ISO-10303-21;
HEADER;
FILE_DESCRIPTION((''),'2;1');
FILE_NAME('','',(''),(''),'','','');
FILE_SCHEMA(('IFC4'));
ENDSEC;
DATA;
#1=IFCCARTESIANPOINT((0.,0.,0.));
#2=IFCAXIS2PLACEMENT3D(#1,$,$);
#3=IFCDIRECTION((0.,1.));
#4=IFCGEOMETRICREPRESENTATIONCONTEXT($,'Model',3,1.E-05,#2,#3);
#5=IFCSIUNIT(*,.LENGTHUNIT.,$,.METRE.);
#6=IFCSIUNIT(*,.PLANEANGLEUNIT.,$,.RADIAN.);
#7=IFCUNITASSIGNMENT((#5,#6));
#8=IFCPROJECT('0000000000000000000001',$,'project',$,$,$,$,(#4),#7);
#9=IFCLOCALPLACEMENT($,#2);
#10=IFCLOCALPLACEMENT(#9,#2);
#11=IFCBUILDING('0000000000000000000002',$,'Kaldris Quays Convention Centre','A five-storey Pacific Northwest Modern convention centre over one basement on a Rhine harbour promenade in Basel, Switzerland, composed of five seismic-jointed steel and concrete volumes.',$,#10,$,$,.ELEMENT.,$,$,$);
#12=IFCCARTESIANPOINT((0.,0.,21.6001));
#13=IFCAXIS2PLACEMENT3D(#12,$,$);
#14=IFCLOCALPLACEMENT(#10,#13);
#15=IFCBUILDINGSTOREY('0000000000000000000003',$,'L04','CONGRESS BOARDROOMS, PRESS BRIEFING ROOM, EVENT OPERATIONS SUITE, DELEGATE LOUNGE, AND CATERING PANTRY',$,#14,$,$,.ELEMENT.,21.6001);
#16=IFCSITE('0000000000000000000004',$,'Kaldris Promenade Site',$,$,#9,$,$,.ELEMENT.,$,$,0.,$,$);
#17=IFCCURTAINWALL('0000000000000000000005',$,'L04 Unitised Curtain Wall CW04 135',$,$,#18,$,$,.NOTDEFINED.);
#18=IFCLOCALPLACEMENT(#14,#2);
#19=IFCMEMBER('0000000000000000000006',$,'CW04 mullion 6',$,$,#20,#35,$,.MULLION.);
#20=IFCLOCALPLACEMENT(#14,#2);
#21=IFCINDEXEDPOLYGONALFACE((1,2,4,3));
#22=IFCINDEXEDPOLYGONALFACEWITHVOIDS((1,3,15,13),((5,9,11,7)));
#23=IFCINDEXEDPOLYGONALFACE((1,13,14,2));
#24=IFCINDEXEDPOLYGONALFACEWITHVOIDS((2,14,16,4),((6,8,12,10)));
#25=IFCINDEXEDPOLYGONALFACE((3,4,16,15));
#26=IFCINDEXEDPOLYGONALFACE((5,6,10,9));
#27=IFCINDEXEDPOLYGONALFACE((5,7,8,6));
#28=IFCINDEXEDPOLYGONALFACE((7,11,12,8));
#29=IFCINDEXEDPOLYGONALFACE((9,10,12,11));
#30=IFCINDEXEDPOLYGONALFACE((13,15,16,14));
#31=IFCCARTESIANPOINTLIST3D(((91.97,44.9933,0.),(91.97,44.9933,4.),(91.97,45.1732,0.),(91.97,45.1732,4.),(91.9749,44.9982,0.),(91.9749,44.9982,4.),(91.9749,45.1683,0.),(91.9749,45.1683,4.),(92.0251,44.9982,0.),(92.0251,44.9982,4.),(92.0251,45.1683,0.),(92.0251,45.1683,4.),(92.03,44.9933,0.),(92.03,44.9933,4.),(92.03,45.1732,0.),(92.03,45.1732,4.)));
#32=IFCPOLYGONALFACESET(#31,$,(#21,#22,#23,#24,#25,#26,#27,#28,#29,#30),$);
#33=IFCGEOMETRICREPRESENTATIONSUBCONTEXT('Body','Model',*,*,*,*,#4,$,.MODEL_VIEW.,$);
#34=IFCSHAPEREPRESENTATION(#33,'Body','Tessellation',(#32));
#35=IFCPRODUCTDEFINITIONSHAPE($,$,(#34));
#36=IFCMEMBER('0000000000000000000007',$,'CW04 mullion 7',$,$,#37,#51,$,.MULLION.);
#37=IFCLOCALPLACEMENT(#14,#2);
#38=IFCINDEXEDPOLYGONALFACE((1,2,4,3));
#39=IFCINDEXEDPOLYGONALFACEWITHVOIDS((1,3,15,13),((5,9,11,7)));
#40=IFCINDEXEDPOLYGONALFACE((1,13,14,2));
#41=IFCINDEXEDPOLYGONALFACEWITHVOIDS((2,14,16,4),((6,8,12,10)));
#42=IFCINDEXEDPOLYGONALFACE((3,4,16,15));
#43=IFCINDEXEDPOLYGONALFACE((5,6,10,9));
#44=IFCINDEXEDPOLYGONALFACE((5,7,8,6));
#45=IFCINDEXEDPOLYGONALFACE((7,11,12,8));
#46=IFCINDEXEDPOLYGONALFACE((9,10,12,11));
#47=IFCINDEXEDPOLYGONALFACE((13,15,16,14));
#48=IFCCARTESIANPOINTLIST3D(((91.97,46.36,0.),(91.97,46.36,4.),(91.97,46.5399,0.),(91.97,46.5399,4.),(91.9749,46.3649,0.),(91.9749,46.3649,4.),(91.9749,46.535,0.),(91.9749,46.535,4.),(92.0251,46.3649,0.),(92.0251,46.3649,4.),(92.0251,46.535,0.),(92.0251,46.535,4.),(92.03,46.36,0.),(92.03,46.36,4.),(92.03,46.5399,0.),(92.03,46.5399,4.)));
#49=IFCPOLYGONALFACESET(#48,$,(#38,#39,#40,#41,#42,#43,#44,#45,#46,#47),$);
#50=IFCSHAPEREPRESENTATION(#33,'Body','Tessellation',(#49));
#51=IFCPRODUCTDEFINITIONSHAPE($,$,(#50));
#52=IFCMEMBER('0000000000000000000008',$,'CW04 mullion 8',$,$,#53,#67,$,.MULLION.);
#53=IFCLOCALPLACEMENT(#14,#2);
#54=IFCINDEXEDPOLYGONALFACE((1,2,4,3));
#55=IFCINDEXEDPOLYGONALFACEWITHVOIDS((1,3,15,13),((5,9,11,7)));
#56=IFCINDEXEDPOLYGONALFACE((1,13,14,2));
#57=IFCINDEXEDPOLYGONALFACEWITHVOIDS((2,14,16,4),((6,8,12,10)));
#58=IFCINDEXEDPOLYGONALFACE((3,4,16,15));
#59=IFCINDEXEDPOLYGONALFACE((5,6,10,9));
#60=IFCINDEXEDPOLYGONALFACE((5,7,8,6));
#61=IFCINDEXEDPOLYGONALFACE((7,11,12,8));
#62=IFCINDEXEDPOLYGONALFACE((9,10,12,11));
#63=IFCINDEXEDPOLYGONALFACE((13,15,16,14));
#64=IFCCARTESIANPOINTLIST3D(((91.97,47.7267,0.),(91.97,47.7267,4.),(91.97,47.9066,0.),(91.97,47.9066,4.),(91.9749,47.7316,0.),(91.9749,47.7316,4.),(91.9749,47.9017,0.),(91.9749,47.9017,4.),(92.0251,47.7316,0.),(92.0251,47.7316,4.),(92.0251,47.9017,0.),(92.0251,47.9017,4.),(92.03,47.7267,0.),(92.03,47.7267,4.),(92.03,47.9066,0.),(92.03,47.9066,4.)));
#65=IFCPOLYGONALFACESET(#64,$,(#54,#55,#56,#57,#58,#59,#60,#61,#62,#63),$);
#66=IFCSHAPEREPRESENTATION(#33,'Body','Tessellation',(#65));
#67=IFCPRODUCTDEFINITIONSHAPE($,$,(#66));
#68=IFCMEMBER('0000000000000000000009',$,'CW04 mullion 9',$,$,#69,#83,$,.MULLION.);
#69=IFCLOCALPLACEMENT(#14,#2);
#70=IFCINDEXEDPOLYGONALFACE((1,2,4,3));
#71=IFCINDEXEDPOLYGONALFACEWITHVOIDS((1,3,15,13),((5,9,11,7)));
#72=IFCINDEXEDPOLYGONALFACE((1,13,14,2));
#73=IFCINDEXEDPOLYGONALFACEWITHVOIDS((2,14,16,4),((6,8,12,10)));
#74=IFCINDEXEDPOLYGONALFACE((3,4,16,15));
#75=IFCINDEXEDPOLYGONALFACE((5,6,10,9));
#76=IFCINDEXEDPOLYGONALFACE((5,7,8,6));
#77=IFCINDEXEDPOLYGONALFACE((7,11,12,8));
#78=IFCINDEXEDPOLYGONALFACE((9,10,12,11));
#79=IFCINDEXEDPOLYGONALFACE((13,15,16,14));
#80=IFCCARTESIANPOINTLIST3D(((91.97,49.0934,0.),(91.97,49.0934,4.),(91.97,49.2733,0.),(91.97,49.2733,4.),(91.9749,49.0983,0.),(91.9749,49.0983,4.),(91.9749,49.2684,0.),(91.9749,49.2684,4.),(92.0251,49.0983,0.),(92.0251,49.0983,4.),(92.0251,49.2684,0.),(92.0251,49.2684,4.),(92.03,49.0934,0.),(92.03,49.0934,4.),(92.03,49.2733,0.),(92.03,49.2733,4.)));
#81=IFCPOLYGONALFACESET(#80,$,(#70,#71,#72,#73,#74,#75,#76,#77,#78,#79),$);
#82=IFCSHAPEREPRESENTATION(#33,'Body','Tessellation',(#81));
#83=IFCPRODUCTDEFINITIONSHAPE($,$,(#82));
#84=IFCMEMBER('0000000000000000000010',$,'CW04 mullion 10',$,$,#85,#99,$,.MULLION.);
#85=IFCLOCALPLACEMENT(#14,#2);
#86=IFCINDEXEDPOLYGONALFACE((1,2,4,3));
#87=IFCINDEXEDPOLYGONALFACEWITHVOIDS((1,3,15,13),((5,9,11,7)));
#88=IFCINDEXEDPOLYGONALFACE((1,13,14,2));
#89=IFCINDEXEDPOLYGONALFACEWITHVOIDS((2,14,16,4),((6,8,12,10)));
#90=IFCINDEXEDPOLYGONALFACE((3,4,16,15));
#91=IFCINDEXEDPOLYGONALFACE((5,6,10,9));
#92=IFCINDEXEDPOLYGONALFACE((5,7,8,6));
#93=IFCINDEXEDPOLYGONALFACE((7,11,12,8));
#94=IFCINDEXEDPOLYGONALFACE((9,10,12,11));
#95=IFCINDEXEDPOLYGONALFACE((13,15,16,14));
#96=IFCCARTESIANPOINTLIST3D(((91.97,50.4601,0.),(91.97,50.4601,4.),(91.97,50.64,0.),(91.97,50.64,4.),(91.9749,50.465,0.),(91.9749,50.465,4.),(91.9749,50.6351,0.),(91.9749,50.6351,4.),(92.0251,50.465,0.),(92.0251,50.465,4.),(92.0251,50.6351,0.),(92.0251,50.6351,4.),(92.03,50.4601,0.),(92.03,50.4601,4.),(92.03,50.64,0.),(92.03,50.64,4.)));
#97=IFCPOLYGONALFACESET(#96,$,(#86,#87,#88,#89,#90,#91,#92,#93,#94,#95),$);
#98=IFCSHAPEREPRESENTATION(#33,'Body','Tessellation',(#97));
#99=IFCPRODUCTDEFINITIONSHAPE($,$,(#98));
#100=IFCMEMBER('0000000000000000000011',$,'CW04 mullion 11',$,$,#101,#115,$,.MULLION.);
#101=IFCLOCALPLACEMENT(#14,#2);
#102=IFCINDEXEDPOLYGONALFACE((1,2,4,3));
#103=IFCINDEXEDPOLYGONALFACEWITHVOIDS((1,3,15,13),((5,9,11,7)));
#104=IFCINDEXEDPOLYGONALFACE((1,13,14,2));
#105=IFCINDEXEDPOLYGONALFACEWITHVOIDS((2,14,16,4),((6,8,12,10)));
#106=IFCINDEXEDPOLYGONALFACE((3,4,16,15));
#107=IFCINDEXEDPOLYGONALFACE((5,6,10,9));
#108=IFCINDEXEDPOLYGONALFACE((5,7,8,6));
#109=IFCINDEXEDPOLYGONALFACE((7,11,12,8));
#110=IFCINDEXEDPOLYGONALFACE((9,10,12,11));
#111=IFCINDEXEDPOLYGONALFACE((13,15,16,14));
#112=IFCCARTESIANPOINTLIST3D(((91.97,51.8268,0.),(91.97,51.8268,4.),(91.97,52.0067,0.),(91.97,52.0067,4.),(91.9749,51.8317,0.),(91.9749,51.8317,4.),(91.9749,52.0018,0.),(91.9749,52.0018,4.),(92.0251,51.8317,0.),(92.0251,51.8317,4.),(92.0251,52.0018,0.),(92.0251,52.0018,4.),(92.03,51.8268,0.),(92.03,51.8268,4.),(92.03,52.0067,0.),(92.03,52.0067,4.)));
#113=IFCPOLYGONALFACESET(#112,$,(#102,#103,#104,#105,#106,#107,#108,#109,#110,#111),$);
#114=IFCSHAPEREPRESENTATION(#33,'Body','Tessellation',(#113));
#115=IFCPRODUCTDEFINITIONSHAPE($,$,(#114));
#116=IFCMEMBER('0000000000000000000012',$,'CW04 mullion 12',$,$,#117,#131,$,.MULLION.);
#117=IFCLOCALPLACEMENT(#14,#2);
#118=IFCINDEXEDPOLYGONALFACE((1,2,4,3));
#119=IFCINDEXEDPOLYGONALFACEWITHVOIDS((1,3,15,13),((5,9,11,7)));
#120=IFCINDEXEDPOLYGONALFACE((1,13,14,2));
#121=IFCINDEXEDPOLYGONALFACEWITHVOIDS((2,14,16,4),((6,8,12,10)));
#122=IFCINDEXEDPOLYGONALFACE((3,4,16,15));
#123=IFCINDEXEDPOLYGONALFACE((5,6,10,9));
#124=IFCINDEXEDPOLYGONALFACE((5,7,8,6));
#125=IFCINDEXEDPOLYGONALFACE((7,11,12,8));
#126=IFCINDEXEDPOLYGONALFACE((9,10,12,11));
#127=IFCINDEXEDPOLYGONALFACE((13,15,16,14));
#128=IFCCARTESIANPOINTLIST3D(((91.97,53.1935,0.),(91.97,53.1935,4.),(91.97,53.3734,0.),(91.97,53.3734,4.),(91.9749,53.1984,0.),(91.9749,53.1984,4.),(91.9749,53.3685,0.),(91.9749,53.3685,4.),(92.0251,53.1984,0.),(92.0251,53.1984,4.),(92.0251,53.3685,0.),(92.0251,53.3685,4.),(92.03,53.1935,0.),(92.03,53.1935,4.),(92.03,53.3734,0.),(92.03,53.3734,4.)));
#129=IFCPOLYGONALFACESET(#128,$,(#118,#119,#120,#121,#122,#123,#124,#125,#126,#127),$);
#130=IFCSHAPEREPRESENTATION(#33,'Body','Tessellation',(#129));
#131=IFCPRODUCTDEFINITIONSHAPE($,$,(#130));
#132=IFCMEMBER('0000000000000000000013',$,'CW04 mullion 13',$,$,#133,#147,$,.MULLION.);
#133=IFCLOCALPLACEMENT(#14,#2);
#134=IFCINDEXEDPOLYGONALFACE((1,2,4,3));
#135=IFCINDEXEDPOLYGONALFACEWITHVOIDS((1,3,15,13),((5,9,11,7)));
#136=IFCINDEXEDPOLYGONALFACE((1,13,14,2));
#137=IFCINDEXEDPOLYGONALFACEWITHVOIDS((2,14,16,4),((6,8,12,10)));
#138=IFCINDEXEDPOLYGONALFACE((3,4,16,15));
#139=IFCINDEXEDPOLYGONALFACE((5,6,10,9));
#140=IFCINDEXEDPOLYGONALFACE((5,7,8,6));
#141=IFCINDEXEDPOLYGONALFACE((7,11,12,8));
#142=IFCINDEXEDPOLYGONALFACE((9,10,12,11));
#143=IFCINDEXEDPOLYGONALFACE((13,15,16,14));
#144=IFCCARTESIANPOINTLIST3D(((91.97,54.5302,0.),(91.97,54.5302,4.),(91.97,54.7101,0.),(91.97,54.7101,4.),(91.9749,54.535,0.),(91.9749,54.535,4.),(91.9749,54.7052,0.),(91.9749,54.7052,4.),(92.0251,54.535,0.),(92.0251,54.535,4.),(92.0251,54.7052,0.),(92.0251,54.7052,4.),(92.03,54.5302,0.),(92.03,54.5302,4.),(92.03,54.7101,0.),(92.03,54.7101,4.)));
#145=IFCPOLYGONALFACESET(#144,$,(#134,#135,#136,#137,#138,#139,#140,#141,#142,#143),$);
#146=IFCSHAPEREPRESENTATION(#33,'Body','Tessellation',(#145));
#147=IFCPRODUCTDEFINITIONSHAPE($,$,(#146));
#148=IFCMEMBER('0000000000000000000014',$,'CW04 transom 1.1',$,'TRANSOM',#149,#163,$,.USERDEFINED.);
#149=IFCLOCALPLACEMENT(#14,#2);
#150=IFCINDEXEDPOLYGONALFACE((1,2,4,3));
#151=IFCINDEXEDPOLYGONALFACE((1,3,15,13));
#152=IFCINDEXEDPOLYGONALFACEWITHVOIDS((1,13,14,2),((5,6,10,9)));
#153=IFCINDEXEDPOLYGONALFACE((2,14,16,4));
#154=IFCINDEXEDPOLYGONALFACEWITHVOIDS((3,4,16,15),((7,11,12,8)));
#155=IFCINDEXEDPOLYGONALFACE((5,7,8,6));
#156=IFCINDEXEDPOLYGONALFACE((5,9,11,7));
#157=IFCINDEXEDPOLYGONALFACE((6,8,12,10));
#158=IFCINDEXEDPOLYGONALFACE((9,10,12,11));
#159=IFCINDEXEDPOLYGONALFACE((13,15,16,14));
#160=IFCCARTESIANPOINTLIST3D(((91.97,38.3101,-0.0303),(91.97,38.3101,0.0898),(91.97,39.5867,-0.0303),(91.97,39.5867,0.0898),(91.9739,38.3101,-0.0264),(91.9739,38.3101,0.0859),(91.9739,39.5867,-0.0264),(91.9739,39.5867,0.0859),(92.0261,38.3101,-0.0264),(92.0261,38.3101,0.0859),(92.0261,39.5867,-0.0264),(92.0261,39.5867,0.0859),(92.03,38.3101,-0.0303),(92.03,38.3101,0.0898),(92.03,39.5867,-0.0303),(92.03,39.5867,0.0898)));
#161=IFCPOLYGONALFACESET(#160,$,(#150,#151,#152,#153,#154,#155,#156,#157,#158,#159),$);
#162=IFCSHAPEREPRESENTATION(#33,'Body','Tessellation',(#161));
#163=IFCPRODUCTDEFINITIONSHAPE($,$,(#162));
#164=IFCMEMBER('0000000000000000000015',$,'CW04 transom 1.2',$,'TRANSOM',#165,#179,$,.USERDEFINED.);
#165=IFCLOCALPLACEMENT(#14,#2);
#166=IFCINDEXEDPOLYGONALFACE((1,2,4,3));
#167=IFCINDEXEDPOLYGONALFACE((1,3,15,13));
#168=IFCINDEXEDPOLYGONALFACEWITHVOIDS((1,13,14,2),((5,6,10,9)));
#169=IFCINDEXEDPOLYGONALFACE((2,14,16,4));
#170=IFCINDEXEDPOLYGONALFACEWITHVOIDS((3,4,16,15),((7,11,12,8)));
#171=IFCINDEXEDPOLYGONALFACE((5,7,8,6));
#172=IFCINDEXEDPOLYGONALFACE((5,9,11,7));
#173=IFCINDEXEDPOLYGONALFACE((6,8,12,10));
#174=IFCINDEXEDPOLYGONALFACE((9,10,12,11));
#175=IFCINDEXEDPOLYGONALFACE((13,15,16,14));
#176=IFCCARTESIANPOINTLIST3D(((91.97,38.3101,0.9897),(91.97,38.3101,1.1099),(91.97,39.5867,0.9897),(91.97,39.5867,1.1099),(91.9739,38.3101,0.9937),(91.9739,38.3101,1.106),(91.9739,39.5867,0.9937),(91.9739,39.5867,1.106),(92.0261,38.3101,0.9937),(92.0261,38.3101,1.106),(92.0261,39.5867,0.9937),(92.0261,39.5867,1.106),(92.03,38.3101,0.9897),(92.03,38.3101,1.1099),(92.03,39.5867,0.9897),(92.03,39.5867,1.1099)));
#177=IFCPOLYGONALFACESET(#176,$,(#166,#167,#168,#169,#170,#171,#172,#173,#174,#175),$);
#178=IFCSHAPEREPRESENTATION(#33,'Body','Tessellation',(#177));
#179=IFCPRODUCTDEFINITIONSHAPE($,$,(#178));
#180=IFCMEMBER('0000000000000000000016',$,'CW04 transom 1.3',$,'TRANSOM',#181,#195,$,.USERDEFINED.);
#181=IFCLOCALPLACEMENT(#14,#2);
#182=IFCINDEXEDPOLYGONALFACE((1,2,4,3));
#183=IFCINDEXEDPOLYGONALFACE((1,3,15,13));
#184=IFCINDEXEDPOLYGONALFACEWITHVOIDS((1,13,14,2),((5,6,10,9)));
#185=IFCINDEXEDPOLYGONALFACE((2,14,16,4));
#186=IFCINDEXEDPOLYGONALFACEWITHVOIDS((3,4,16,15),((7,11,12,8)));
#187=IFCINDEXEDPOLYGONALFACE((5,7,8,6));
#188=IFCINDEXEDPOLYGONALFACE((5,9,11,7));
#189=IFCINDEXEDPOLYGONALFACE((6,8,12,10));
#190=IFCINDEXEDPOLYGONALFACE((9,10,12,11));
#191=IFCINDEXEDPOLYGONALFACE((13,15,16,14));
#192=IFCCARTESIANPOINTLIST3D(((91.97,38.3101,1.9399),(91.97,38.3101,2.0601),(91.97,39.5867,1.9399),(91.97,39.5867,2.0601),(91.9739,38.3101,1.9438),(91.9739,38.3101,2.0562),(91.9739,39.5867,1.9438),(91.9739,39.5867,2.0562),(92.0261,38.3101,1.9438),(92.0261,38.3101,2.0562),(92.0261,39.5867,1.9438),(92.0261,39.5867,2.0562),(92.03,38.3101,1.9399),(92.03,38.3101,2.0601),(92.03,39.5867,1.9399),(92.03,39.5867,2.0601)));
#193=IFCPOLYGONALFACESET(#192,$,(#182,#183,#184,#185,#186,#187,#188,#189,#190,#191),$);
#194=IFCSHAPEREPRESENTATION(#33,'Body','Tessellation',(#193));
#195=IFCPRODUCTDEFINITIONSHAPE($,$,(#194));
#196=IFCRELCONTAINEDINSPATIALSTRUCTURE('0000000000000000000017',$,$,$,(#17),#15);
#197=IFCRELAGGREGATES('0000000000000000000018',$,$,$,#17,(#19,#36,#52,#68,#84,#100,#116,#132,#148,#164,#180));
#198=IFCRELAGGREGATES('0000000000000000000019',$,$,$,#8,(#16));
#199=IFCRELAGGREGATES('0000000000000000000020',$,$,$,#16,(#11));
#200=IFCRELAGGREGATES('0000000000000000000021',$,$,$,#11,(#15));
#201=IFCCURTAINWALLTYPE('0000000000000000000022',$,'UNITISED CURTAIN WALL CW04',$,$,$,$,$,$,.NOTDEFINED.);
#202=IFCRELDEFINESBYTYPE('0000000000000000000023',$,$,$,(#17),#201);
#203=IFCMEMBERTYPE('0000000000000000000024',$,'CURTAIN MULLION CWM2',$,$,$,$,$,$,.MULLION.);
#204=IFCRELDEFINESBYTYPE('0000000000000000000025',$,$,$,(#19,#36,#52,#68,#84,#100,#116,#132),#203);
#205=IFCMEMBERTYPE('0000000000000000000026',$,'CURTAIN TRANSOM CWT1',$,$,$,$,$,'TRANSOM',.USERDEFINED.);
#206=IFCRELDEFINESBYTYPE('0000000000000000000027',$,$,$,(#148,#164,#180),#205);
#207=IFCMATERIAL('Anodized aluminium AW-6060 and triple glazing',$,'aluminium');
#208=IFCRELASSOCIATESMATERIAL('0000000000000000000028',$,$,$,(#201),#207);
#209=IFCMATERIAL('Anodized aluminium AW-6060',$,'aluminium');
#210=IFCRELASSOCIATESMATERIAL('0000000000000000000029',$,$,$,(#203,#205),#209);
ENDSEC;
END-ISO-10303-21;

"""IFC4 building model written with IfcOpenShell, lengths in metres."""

from ifc_helpers import new_model, si_unit, direction, frame, origin, origin_2d, place, context, subcontext, project, spatial, hollow_rectangle, extrude, material, material_profile, profile_set, type_object, element, aggregate, save


model = new_model("IFC4")

# Units and contexts
model_context = context("Model", 3, precision=1e-05, world=origin(), true_north=direction((0.0, 1.0)))
body_context = subcontext(model_context, "Body", "Model", "MODEL_VIEW")
ifc_project = project(units=[si_unit("LENGTHUNIT", "METRE"), si_unit("PLANEANGLEUNIT", "RADIAN")], contexts=[model_context])

# Site, building, storey
site_placement = place(None, origin())
site = spatial("IfcSite", under=ifc_project, at=site_placement, Name="Kaldris Promenade Site", CompositionType="ELEMENT", RefElevation=0.0)
building_placement = place(site_placement, origin())
building = spatial("IfcBuilding", under=site, at=building_placement, Name="Kaldris Quays Convention Centre", Description="A five-storey Pacific Northwest Modern convention centre over one basement on a Rhine harbour promenade in Basel, Switzerland, composed of five seismic-jointed steel and concrete volumes.", CompositionType="ELEMENT")
storey_placement = place(building_placement, frame((0.0, 0.0, 21.6001)))
storey = spatial("IfcBuildingStorey", under=building, at=storey_placement, Name="L04", Description="CONGRESS BOARDROOMS, PRESS BRIEFING ROOM, EVENT OPERATIONS SUITE, DELEGATE LOUNGE, AND CATERING PANTRY", CompositionType="ELEMENT", Elevation=21.6001)

# Curtain wall, members
ifc_material_1 = material(Name="Anodized aluminium AW-6060 and triple glazing", Category="aluminium")
curtain_wall_type = type_object("IfcCurtainWallType", Name="UNITISED CURTAIN WALL CW04", PredefinedType="NOTDEFINED", material=ifc_material_1)
curtain_wall_placement = place(storey_placement, origin())
curtain_wall = element("IfcCurtainWall", 1, at=curtain_wall_placement, inside=storey, type_object=curtain_wall_type, Name="L04 Unitised Curtain Wall CW04 135", PredefinedType="NOTDEFINED")
ifc_material_2 = material(Name="Anodized aluminium AW-6060", Category="aluminium")
ifc_material_profile_1 = material_profile(ifc_material_2, hollow_rectangle(XDim=0.0601, YDim=0.1799, WallThickness=0.0049, at=origin_2d()), Name="RHS 180x60x5")
ifc_profile_set_1 = profile_set([ifc_material_profile_1], Name="Anodized aluminium AW-6060")
member_type_1 = type_object("IfcMemberType", Name="CURTAIN MULLION CWM2", PredefinedType="MULLION", material=ifc_profile_set_1)
member_1_placement = place(storey_placement, frame((92.0, 45.0833, 0.0), z_axis=(0.0, 0.0, 1.0), x_axis=(-1.0, 0.0, 0.0)))
member_1 = element("IfcMember", 2, at=member_1_placement, type_object=member_type_1, Name="CW04 mullion 6", PredefinedType="MULLION", context=body_context, shape_type="SweptSolid", body=[
    extrude(hollow_rectangle(XDim=0.0601, YDim=0.1799, WallThickness=0.0049, at=origin_2d()), origin(), (0.0, 0.0, 1.0), 4.0),
])
member_2_placement = place(storey_placement, frame((92.0, 46.45, 0.0), z_axis=(0.0, 0.0, 1.0), x_axis=(-1.0, 0.0, 0.0)))
member_2 = element("IfcMember", 3, at=member_2_placement, type_object=member_type_1, Name="CW04 mullion 7", PredefinedType="MULLION", context=body_context, shape_type="SweptSolid", body=[
    extrude(hollow_rectangle(XDim=0.0601, YDim=0.1799, WallThickness=0.0049, at=origin_2d()), origin(), (0.0, 0.0, 1.0), 4.0),
])
member_3_placement = place(storey_placement, frame((92.0, 47.8167, 0.0), z_axis=(0.0, 0.0, 1.0), x_axis=(-1.0, 0.0, 0.0)))
member_3 = element("IfcMember", 4, at=member_3_placement, type_object=member_type_1, Name="CW04 mullion 8", PredefinedType="MULLION", context=body_context, shape_type="SweptSolid", body=[
    extrude(hollow_rectangle(XDim=0.0601, YDim=0.1799, WallThickness=0.0049, at=origin_2d()), origin(), (0.0, 0.0, 1.0), 4.0),
])
member_4_placement = place(storey_placement, frame((92.0, 49.1833, 0.0), z_axis=(0.0, 0.0, 1.0), x_axis=(-1.0, 0.0, 0.0)))
member_4 = element("IfcMember", 5, at=member_4_placement, type_object=member_type_1, Name="CW04 mullion 9", PredefinedType="MULLION", context=body_context, shape_type="SweptSolid", body=[
    extrude(hollow_rectangle(XDim=0.0601, YDim=0.1799, WallThickness=0.0049, at=origin_2d()), origin(), (0.0, 0.0, 1.0), 4.0),
])
member_5_placement = place(storey_placement, frame((92.0, 50.55, 0.0), z_axis=(0.0, 0.0, 1.0), x_axis=(-1.0, 0.0, 0.0)))
member_5 = element("IfcMember", 6, at=member_5_placement, type_object=member_type_1, Name="CW04 mullion 10", PredefinedType="MULLION", context=body_context, shape_type="SweptSolid", body=[
    extrude(hollow_rectangle(XDim=0.0601, YDim=0.1799, WallThickness=0.0049, at=origin_2d()), origin(), (0.0, 0.0, 1.0), 4.0),
])
member_6_placement = place(storey_placement, frame((92.0, 51.9167, 0.0), z_axis=(0.0, 0.0, 1.0), x_axis=(-1.0, 0.0, 0.0)))
member_6 = element("IfcMember", 7, at=member_6_placement, type_object=member_type_1, Name="CW04 mullion 11", PredefinedType="MULLION", context=body_context, shape_type="SweptSolid", body=[
    extrude(hollow_rectangle(XDim=0.0601, YDim=0.1799, WallThickness=0.0049, at=origin_2d()), origin(), (0.0, 0.0, 1.0), 4.0),
])
member_7_placement = place(storey_placement, frame((92.0, 53.2834, 0.0), z_axis=(0.0, 0.0, 1.0), x_axis=(-1.0, 0.0, 0.0)))
member_7 = element("IfcMember", 8, at=member_7_placement, type_object=member_type_1, Name="CW04 mullion 12", PredefinedType="MULLION", context=body_context, shape_type="SweptSolid", body=[
    extrude(hollow_rectangle(XDim=0.0601, YDim=0.1799, WallThickness=0.0049, at=origin_2d()), origin(), (0.0, 0.0, 1.0), 4.0),
])
member_8_placement = place(storey_placement, frame((92.0, 54.6201, 0.0), z_axis=(0.0, 0.0, 1.0), x_axis=(-1.0, 0.0, 0.0)))
member_8 = element("IfcMember", 9, at=member_8_placement, type_object=member_type_1, Name="CW04 mullion 13", PredefinedType="MULLION", context=body_context, shape_type="SweptSolid", body=[
    extrude(hollow_rectangle(XDim=0.0601, YDim=0.1799, WallThickness=0.0049, at=origin_2d()), origin(), (0.0, 0.0, 1.0), 4.0),
])
ifc_material_profile_2 = material_profile(ifc_material_2, hollow_rectangle(XDim=0.0601, YDim=0.1201, WallThickness=0.0039, at=origin_2d()), Name="RHS 120x60x4")
ifc_profile_set_2 = profile_set([ifc_material_profile_2], Name="Anodized aluminium AW-6060")
member_type_2 = type_object("IfcMemberType", Name="CURTAIN TRANSOM CWT1", ElementType="TRANSOM", PredefinedType="USERDEFINED", material=ifc_profile_set_2)
member_9_placement = place(storey_placement, frame((92.0, 38.3101, 0.0298), z_axis=(0.0, 1.0, 0.0), x_axis=(-1.0, 0.0, 0.0)))
member_9 = element("IfcMember", 10, at=member_9_placement, type_object=member_type_2, Name="CW04 transom 1.1", ObjectType="TRANSOM", PredefinedType="USERDEFINED", context=body_context, shape_type="SweptSolid", body=[
    extrude(hollow_rectangle(XDim=0.0601, YDim=0.1201, WallThickness=0.0039, at=origin_2d()), origin(), (0.0, 0.0, 1.0), 1.2766),
])
member_10_placement = place(storey_placement, frame((92.0, 38.3101, 1.0498), z_axis=(0.0, 1.0, 0.0), x_axis=(-1.0, 0.0, 0.0)))
member_10 = element("IfcMember", 11, at=member_10_placement, type_object=member_type_2, Name="CW04 transom 1.2", ObjectType="TRANSOM", PredefinedType="USERDEFINED", context=body_context, shape_type="SweptSolid", body=[
    extrude(hollow_rectangle(XDim=0.0601, YDim=0.1201, WallThickness=0.0039, at=origin_2d()), origin(), (0.0, 0.0, 1.0), 1.2766),
])
member_11_placement = place(storey_placement, frame((92.0, 38.3101, 2.0), z_axis=(0.0, 1.0, 0.0), x_axis=(-1.0, 0.0, 0.0)))
member_11 = element("IfcMember", 12, at=member_11_placement, type_object=member_type_2, Name="CW04 transom 1.3", ObjectType="TRANSOM", PredefinedType="USERDEFINED", context=body_context, shape_type="SweptSolid", body=[
    extrude(hollow_rectangle(XDim=0.0601, YDim=0.1201, WallThickness=0.0039, at=origin_2d()), origin(), (0.0, 0.0, 1.0), 1.2766),
])
aggregate(curtain_wall, [member_1, member_2, member_3, member_4, member_5, member_6, member_7, member_8, member_9, member_10, member_11])

save(model, "model.ifc")
